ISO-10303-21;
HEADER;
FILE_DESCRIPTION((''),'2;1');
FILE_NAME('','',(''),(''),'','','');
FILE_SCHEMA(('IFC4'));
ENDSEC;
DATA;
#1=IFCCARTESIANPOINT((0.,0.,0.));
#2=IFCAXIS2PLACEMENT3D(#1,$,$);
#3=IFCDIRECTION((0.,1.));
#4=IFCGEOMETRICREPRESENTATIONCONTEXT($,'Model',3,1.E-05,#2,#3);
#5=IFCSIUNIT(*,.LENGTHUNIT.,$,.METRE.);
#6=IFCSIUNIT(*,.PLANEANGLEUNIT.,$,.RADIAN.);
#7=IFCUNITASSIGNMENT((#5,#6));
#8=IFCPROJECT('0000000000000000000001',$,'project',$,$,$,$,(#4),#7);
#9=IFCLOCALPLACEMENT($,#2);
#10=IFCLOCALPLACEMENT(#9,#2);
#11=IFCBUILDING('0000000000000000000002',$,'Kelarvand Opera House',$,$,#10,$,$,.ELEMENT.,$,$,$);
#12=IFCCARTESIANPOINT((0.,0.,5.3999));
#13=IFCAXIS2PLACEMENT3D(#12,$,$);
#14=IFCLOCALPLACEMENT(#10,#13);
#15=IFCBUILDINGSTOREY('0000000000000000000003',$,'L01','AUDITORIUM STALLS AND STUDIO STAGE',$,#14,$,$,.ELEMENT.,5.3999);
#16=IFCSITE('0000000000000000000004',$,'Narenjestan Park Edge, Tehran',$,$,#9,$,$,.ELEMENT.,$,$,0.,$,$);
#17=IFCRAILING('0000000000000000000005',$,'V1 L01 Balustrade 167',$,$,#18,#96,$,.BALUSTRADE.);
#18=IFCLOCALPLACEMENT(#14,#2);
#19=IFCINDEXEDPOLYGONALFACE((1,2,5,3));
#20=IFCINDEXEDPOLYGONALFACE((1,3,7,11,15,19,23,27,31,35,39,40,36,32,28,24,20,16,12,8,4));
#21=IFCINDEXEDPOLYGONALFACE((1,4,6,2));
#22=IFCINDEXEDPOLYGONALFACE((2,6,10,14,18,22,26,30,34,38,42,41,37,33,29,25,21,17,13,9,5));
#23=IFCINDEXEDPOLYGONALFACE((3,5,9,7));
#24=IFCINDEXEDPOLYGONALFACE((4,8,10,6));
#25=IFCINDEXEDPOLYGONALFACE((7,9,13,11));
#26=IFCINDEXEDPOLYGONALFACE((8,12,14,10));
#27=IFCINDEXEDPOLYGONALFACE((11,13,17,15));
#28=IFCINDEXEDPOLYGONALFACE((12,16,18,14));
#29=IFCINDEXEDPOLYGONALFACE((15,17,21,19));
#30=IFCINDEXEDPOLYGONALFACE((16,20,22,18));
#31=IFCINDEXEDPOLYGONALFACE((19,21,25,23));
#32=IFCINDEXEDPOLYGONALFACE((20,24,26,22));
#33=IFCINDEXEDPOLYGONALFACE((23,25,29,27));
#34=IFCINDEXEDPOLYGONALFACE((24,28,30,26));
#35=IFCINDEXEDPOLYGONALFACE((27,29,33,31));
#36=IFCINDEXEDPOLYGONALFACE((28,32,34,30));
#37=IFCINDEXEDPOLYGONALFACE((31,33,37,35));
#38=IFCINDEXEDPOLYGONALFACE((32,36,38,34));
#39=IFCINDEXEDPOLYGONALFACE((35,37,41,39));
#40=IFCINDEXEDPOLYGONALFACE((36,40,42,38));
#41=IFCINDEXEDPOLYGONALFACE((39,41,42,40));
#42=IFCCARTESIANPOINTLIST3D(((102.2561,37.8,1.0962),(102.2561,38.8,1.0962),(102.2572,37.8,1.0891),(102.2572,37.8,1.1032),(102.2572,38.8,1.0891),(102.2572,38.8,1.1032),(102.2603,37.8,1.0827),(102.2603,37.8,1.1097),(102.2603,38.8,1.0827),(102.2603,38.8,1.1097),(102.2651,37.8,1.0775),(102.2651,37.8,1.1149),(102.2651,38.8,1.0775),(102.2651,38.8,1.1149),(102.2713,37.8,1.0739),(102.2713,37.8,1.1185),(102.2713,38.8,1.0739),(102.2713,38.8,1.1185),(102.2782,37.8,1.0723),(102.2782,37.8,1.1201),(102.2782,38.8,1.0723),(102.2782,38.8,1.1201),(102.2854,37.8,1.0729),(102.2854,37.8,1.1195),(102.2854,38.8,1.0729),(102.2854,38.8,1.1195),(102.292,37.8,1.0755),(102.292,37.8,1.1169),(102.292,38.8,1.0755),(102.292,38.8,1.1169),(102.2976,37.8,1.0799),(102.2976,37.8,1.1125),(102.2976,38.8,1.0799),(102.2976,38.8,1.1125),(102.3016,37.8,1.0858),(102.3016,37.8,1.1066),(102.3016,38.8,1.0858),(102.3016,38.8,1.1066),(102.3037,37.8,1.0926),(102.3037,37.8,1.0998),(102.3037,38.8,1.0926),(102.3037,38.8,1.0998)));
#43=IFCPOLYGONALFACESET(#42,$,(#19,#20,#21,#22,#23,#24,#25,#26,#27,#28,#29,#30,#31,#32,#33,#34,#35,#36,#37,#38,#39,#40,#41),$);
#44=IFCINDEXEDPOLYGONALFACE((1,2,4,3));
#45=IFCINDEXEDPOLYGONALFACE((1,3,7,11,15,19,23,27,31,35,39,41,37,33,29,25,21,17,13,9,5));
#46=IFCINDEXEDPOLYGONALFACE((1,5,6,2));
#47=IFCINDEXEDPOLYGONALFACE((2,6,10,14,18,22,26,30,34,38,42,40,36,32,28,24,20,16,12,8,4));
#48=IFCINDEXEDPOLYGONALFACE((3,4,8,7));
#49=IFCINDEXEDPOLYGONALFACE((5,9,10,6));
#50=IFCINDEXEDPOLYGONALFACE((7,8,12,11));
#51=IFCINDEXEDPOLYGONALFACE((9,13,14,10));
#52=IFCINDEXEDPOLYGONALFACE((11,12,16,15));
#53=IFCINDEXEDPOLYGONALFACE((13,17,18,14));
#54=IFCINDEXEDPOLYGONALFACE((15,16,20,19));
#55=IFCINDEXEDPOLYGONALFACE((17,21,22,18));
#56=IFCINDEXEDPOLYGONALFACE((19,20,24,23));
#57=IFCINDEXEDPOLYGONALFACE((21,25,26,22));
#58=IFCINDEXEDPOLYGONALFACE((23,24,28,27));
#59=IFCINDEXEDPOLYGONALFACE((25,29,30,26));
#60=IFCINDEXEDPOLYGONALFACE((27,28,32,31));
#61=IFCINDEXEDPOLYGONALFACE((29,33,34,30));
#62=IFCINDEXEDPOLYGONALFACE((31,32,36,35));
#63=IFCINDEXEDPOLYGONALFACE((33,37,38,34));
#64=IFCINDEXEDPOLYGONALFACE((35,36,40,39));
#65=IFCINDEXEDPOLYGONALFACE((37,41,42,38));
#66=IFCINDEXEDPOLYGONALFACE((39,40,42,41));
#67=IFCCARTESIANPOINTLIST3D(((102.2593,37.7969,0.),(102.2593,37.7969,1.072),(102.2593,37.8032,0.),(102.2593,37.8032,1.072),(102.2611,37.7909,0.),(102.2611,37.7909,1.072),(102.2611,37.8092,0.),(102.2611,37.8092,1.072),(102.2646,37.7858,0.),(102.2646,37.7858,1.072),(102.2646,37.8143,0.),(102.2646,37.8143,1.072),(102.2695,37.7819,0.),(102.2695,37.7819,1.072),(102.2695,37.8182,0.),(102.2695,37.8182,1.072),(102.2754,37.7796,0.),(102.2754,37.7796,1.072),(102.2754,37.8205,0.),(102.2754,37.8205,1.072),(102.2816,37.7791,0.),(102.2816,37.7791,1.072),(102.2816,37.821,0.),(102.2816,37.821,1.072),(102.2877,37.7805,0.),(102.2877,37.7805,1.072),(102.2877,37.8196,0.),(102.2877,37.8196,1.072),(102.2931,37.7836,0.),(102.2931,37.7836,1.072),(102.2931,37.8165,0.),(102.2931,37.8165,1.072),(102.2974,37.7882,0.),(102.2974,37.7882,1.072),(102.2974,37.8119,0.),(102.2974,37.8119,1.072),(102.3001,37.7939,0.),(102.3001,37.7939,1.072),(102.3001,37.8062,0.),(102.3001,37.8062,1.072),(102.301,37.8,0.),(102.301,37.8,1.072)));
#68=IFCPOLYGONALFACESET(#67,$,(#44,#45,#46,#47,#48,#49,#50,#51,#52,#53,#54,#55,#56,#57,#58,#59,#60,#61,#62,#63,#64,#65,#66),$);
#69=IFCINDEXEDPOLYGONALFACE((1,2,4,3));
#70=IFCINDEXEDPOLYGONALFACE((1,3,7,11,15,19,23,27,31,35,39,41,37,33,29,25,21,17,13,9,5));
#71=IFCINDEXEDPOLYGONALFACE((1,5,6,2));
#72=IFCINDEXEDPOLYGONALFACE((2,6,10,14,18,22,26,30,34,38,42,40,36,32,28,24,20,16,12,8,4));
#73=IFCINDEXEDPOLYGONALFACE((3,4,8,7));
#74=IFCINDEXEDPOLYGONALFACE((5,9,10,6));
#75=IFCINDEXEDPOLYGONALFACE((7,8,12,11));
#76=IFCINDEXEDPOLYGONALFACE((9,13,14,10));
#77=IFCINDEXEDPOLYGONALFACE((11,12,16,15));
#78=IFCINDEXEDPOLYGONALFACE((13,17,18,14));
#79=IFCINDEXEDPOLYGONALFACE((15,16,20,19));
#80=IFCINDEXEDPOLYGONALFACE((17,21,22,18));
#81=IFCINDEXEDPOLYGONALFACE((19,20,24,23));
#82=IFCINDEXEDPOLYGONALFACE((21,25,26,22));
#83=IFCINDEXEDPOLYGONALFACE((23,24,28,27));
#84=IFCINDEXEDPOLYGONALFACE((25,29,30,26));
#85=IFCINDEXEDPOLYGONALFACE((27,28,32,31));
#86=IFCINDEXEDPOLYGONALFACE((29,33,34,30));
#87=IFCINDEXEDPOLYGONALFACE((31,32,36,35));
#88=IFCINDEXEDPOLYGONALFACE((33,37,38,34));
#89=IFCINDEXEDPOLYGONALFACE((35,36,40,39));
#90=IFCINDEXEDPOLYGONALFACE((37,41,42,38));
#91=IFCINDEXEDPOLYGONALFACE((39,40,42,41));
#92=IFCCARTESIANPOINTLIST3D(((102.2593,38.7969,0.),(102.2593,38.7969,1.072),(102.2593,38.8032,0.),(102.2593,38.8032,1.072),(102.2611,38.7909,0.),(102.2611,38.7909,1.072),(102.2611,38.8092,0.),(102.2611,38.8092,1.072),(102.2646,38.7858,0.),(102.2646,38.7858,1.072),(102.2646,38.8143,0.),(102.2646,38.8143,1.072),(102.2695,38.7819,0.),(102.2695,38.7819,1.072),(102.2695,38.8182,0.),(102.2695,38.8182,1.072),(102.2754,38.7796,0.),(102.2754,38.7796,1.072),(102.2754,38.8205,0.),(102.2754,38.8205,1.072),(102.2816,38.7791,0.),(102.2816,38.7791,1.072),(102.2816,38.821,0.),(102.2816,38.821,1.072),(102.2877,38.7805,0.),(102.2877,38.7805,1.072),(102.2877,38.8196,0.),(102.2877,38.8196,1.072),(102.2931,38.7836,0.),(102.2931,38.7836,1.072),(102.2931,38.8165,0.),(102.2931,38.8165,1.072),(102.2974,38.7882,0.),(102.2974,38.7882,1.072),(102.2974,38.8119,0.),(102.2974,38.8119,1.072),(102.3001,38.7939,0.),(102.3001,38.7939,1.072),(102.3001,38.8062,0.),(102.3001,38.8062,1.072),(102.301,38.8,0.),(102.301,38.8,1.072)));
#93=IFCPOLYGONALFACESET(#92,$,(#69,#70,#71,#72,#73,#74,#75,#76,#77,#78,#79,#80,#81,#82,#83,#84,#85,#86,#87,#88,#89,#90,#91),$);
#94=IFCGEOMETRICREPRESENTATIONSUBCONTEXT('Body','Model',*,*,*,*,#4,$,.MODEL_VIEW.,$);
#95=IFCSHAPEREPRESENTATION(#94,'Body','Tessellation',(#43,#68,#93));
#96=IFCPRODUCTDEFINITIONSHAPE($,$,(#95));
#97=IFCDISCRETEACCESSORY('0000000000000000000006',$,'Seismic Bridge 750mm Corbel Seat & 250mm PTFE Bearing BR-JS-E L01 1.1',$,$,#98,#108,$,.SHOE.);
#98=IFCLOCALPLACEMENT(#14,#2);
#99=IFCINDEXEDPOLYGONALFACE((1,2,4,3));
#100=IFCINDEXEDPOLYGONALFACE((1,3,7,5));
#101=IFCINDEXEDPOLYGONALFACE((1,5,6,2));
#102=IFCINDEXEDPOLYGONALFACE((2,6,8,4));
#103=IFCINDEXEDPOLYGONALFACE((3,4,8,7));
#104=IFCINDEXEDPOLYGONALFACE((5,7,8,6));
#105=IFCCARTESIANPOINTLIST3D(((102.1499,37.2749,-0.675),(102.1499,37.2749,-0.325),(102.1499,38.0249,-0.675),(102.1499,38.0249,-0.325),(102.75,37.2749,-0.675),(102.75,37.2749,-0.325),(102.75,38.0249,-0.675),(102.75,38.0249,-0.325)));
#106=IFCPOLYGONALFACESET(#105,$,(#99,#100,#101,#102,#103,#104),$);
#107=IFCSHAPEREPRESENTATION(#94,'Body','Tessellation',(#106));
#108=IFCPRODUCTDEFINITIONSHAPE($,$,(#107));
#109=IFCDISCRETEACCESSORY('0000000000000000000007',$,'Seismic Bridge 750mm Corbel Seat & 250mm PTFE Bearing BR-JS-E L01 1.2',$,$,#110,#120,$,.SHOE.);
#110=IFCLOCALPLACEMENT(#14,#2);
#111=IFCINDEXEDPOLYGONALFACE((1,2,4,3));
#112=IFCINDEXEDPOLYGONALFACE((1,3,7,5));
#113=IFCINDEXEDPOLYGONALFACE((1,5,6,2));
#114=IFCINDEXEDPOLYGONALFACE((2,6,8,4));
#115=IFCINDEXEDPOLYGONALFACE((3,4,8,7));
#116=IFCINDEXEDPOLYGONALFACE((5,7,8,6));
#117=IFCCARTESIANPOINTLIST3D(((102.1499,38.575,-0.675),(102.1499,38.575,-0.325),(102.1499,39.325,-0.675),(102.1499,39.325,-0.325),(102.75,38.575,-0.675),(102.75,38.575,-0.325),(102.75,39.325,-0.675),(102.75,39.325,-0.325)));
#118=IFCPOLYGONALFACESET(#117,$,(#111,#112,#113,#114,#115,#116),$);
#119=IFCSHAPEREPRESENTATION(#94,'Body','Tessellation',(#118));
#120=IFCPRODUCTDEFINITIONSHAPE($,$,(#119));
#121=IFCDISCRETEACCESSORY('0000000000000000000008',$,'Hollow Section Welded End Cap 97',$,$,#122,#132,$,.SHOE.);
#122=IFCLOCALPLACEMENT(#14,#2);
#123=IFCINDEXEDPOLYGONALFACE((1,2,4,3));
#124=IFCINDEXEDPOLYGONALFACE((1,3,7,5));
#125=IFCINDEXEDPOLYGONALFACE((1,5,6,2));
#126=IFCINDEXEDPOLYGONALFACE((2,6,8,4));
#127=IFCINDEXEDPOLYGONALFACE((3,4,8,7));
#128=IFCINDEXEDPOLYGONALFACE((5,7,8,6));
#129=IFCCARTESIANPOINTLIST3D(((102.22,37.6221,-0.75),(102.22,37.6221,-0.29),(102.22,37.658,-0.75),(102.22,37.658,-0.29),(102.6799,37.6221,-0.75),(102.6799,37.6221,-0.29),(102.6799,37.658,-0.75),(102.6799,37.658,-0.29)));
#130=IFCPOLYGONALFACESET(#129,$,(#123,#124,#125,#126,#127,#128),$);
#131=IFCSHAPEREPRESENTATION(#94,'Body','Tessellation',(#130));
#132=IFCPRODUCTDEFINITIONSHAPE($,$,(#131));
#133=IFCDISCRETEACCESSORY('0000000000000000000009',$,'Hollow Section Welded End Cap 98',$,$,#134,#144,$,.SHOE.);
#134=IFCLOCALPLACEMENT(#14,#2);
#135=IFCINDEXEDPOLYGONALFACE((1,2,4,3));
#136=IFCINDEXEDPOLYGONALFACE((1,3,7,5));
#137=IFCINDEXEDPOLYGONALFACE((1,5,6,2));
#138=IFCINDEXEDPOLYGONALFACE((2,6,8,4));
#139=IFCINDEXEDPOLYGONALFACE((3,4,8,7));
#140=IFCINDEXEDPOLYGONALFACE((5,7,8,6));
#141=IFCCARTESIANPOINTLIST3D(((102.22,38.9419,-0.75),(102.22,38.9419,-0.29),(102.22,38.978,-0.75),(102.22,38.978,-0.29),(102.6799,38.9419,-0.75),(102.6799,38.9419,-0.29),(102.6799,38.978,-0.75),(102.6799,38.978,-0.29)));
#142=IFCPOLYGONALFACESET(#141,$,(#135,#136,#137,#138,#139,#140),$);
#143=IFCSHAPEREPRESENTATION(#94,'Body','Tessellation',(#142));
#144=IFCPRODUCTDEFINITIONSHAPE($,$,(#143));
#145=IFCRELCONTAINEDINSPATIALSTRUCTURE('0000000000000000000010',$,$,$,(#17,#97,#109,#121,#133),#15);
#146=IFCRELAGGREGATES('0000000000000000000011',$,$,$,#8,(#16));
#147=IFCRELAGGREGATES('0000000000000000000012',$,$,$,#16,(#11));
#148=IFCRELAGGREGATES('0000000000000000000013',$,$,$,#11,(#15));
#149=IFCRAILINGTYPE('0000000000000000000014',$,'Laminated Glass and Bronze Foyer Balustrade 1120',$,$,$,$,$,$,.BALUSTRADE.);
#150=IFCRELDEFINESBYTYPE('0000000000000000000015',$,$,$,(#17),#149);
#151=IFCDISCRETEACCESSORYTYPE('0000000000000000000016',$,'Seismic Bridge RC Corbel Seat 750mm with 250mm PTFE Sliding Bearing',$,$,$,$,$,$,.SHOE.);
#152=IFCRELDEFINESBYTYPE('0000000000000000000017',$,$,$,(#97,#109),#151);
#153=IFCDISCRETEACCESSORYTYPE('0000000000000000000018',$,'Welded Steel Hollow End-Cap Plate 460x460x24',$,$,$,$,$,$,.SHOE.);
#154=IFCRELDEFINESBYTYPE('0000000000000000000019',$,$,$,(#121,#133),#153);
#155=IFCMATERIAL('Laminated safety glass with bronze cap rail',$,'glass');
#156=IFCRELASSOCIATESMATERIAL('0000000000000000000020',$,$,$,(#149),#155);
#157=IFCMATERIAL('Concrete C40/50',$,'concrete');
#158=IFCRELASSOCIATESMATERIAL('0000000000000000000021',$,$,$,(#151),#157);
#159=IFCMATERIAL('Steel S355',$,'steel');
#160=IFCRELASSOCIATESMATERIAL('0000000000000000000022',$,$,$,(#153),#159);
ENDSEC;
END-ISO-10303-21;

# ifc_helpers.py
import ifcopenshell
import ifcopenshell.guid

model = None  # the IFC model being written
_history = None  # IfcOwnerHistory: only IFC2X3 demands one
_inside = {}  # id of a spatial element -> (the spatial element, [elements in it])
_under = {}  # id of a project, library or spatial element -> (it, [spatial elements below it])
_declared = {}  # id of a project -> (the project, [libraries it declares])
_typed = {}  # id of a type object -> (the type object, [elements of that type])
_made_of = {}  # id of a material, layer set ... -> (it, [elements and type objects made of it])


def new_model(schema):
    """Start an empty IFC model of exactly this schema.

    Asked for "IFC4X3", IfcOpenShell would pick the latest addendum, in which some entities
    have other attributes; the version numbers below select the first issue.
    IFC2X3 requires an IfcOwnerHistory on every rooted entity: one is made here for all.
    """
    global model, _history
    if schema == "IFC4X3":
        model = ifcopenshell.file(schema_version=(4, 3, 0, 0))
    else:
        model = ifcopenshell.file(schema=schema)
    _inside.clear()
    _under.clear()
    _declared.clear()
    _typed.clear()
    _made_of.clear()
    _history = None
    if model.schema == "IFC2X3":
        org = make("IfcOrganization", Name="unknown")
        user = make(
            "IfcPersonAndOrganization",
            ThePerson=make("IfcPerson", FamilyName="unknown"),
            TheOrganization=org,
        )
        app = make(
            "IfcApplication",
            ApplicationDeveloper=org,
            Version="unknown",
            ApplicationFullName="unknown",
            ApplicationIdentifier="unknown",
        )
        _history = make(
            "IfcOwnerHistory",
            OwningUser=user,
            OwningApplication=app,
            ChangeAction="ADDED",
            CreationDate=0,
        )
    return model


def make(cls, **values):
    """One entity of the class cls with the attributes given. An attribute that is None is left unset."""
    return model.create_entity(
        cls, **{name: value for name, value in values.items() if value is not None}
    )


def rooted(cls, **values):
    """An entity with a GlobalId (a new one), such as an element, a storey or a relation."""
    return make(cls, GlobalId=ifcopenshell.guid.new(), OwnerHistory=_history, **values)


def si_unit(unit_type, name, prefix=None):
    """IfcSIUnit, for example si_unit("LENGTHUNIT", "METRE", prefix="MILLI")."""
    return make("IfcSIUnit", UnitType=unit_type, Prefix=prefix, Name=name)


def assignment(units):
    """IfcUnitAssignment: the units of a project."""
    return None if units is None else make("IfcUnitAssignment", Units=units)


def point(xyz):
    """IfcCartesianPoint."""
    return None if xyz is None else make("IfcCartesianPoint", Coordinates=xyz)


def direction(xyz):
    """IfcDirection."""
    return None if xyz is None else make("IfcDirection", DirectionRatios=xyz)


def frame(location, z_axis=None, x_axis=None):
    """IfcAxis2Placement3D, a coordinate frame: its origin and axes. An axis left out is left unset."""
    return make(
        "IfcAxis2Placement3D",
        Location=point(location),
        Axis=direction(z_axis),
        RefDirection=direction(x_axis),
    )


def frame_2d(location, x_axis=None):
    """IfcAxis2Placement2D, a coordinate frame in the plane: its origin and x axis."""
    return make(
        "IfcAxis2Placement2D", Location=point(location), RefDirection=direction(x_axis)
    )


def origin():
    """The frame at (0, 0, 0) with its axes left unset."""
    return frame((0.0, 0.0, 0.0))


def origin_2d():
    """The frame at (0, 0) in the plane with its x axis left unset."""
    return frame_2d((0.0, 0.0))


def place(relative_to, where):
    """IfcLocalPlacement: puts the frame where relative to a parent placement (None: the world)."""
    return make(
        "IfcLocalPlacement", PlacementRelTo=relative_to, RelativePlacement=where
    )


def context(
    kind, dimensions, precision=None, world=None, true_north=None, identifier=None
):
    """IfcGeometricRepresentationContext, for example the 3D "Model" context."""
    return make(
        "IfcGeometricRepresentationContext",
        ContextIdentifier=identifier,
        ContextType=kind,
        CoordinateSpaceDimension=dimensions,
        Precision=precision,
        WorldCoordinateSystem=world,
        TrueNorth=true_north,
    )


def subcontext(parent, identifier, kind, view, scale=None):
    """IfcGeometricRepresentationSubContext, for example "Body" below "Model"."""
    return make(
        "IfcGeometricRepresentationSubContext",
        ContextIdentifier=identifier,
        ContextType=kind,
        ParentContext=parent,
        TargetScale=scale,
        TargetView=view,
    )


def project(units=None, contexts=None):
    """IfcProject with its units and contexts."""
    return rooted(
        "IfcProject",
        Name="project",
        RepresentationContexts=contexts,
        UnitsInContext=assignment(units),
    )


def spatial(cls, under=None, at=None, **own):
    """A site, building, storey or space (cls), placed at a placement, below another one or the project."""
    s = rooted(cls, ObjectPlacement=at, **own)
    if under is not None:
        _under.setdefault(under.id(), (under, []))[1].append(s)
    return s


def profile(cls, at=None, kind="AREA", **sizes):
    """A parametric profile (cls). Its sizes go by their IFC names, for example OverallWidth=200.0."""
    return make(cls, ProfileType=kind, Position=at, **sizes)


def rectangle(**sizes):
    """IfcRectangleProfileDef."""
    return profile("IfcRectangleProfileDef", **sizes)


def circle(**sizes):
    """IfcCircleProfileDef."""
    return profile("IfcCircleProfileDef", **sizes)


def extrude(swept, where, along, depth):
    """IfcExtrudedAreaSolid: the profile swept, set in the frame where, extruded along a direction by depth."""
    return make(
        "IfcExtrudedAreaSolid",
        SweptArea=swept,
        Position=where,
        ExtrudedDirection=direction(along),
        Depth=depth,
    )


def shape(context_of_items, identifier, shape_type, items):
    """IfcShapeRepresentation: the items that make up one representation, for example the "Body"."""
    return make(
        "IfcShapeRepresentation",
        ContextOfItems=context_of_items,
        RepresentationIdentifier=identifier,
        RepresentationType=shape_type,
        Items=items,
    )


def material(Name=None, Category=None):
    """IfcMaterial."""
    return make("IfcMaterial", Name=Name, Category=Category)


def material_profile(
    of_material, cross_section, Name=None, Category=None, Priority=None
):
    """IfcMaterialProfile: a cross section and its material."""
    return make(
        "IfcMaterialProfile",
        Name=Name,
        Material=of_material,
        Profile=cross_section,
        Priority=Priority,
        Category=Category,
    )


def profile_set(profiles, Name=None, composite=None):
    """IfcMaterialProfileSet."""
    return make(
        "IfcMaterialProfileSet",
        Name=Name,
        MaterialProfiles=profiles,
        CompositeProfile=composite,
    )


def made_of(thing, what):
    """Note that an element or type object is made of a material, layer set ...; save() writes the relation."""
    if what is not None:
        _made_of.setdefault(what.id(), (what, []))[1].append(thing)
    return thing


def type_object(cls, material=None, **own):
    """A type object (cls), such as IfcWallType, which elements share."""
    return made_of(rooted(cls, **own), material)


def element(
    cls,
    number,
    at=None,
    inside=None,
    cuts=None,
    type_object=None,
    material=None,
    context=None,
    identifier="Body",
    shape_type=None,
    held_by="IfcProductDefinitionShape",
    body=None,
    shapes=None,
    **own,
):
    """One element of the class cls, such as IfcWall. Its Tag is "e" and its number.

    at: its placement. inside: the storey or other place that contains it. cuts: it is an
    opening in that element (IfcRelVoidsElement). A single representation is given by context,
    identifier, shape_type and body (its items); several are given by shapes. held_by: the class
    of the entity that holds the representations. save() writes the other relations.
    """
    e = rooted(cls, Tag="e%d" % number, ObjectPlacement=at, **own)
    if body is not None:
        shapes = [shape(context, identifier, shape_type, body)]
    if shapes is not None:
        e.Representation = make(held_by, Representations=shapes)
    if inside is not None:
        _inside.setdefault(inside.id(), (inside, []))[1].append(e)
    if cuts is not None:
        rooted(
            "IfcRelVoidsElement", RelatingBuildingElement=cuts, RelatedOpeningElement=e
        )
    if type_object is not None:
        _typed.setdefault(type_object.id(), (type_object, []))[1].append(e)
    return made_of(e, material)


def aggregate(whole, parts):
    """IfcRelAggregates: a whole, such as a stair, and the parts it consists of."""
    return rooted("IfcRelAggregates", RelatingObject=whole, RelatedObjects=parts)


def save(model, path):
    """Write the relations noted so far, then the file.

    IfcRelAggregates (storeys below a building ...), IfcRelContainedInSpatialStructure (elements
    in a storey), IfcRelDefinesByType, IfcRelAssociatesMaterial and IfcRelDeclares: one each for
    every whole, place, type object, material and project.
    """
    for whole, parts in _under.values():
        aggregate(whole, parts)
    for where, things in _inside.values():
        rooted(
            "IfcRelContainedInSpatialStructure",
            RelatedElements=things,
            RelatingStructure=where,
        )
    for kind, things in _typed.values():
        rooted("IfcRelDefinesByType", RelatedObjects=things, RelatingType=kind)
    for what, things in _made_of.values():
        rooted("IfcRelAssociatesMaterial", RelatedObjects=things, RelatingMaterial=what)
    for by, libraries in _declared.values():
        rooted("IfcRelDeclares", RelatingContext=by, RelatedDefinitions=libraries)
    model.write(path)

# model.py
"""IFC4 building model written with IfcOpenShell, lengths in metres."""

from ifc_helpers import new_model, si_unit, direction, frame, origin, origin_2d, place, context, subcontext, project, spatial, rectangle, circle, extrude, material, material_profile, profile_set, type_object, element, save


model = new_model("IFC4")

# Units and contexts
model_context = context("Model", 3, precision=1e-05, world=origin(), true_north=direction((0.0, 1.0)))
body_context = subcontext(model_context, "Body", "Model", "MODEL_VIEW")
ifc_project = project(units=[si_unit("LENGTHUNIT", "METRE"), si_unit("PLANEANGLEUNIT", "RADIAN")], contexts=[model_context])

# Site, building, storey
site_placement = place(None, origin())
site = spatial("IfcSite", under=ifc_project, at=site_placement, Name="Narenjestan Park Edge, Tehran", CompositionType="ELEMENT", RefElevation=0.0)
building_placement = place(site_placement, origin())
building = spatial("IfcBuilding", under=site, at=building_placement, Name="Kelarvand Opera House", CompositionType="ELEMENT")
storey_placement = place(building_placement, frame((0.0, 0.0, 5.3999)))
storey = spatial("IfcBuildingStorey", under=building, at=storey_placement, Name="L01", Description="AUDITORIUM STALLS AND STUDIO STAGE", CompositionType="ELEMENT", Elevation=5.3999)

# Shared definitions
ifc_material_1 = material(Name="Concrete C40/50", Category="concrete")

# Shared definitions
ifc_material_2 = material(Name="Steel S355", Category="steel")

# Railing
ifc_material_3 = material(Name="Laminated safety glass with bronze cap rail", Category="glass")
railing_type = type_object("IfcRailingType", Name="Laminated Glass and Bronze Foyer Balustrade 1120", PredefinedType="BALUSTRADE", material=ifc_material_3)
railing_placement = place(storey_placement, frame((102.28, 37.8, 0.0)))
element("IfcRailing", 1, at=railing_placement, inside=storey, type_object=railing_type, Name="V1 L01 Balustrade 167", PredefinedType="BALUSTRADE", context=body_context, shape_type="SweptSolid", body=[
    extrude(circle(Radius=0.0239, at=origin_2d()), frame((0.0, 0.0, 1.0962), z_axis=(0.0, 1.0, 0.0), x_axis=(-1.0, 0.0, 0.0)), (0.0, 0.0, 1.0), 1.0),
    extrude(circle(Radius=0.021, at=origin_2d()), origin(), (0.0, 0.0, 1.0), 1.072),
    extrude(circle(Radius=0.021, at=origin_2d()), frame((0.0, 1.0, 0.0)), (0.0, 0.0, 1.0), 1.072),
])

# Discrete accessories
discrete_accessory_type_1 = type_object("IfcDiscreteAccessoryType", Name="Seismic Bridge RC Corbel Seat 750mm with 250mm PTFE Sliding Bearing", PredefinedType="SHOE", material=ifc_material_1)
for number, where, z_axis, x_axis, name in (
    (2, (102.45, 37.6499, -0.675), (0.0, 0.0, 1.0), (0.0, 1.0, 0.0), "Seismic Bridge 750mm Corbel Seat & 250mm PTFE Bearing BR-JS-E L01 1.1"),
    (3, (102.45, 38.95, -0.675), (0.0, 0.0, 1.0), (0.0, 1.0, 0.0), "Seismic Bridge 750mm Corbel Seat & 250mm PTFE Bearing BR-JS-E L01 1.2"),
):
    element("IfcDiscreteAccessory", number, at=place(storey_placement, frame(where, z_axis=z_axis, x_axis=x_axis)), inside=storey, type_object=discrete_accessory_type_1, Name=name, PredefinedType="SHOE", context=body_context, shape_type="SweptSolid", body=[
        extrude(rectangle(XDim=0.75, YDim=0.6001, at=origin_2d()), origin(), (0.0, 0.0, 1.0), 0.3501),
    ])
ifc_material_profile_1 = material_profile(ifc_material_2, rectangle(XDim=0.46, YDim=0.46, at=origin_2d()), Name="Welded Steel Hollow End-Cap Plate 460x460x24", Category="steel")
ifc_profile_set_1 = profile_set([ifc_material_profile_1], Name="Steel S355")
discrete_accessory_type_2 = type_object("IfcDiscreteAccessoryType", Name="Welded Steel Hollow End-Cap Plate 460x460x24", PredefinedType="SHOE", material=ifc_profile_set_1)
discrete_accessory_1_placement = place(storey_placement, frame((102.45, 37.658, -0.52), z_axis=(0.0, -1.0, 0.0), x_axis=(1.0, 0.0, 0.0)))
element("IfcDiscreteAccessory", 4, at=discrete_accessory_1_placement, inside=storey, type_object=discrete_accessory_type_2, Name="Hollow Section Welded End Cap 97", PredefinedType="SHOE", context=body_context, shape_type="SweptSolid", body=[
    extrude(rectangle(XDim=0.46, YDim=0.46, at=origin_2d()), origin(), (0.0, 0.0, 1.0), 0.0359),
])
discrete_accessory_2_placement = place(storey_placement, frame((102.45, 38.9419, -0.52), z_axis=(0.0, 1.0, 0.0), x_axis=(-1.0, 0.0, 0.0)))
element("IfcDiscreteAccessory", 5, at=discrete_accessory_2_placement, inside=storey, type_object=discrete_accessory_type_2, Name="Hollow Section Welded End Cap 98", PredefinedType="SHOE", context=body_context, shape_type="SweptSolid", body=[
    extrude(rectangle(XDim=0.46, YDim=0.46, at=origin_2d()), origin(), (0.0, 0.0, 1.0), 0.0361),
])

save(model, "model.ifc")
